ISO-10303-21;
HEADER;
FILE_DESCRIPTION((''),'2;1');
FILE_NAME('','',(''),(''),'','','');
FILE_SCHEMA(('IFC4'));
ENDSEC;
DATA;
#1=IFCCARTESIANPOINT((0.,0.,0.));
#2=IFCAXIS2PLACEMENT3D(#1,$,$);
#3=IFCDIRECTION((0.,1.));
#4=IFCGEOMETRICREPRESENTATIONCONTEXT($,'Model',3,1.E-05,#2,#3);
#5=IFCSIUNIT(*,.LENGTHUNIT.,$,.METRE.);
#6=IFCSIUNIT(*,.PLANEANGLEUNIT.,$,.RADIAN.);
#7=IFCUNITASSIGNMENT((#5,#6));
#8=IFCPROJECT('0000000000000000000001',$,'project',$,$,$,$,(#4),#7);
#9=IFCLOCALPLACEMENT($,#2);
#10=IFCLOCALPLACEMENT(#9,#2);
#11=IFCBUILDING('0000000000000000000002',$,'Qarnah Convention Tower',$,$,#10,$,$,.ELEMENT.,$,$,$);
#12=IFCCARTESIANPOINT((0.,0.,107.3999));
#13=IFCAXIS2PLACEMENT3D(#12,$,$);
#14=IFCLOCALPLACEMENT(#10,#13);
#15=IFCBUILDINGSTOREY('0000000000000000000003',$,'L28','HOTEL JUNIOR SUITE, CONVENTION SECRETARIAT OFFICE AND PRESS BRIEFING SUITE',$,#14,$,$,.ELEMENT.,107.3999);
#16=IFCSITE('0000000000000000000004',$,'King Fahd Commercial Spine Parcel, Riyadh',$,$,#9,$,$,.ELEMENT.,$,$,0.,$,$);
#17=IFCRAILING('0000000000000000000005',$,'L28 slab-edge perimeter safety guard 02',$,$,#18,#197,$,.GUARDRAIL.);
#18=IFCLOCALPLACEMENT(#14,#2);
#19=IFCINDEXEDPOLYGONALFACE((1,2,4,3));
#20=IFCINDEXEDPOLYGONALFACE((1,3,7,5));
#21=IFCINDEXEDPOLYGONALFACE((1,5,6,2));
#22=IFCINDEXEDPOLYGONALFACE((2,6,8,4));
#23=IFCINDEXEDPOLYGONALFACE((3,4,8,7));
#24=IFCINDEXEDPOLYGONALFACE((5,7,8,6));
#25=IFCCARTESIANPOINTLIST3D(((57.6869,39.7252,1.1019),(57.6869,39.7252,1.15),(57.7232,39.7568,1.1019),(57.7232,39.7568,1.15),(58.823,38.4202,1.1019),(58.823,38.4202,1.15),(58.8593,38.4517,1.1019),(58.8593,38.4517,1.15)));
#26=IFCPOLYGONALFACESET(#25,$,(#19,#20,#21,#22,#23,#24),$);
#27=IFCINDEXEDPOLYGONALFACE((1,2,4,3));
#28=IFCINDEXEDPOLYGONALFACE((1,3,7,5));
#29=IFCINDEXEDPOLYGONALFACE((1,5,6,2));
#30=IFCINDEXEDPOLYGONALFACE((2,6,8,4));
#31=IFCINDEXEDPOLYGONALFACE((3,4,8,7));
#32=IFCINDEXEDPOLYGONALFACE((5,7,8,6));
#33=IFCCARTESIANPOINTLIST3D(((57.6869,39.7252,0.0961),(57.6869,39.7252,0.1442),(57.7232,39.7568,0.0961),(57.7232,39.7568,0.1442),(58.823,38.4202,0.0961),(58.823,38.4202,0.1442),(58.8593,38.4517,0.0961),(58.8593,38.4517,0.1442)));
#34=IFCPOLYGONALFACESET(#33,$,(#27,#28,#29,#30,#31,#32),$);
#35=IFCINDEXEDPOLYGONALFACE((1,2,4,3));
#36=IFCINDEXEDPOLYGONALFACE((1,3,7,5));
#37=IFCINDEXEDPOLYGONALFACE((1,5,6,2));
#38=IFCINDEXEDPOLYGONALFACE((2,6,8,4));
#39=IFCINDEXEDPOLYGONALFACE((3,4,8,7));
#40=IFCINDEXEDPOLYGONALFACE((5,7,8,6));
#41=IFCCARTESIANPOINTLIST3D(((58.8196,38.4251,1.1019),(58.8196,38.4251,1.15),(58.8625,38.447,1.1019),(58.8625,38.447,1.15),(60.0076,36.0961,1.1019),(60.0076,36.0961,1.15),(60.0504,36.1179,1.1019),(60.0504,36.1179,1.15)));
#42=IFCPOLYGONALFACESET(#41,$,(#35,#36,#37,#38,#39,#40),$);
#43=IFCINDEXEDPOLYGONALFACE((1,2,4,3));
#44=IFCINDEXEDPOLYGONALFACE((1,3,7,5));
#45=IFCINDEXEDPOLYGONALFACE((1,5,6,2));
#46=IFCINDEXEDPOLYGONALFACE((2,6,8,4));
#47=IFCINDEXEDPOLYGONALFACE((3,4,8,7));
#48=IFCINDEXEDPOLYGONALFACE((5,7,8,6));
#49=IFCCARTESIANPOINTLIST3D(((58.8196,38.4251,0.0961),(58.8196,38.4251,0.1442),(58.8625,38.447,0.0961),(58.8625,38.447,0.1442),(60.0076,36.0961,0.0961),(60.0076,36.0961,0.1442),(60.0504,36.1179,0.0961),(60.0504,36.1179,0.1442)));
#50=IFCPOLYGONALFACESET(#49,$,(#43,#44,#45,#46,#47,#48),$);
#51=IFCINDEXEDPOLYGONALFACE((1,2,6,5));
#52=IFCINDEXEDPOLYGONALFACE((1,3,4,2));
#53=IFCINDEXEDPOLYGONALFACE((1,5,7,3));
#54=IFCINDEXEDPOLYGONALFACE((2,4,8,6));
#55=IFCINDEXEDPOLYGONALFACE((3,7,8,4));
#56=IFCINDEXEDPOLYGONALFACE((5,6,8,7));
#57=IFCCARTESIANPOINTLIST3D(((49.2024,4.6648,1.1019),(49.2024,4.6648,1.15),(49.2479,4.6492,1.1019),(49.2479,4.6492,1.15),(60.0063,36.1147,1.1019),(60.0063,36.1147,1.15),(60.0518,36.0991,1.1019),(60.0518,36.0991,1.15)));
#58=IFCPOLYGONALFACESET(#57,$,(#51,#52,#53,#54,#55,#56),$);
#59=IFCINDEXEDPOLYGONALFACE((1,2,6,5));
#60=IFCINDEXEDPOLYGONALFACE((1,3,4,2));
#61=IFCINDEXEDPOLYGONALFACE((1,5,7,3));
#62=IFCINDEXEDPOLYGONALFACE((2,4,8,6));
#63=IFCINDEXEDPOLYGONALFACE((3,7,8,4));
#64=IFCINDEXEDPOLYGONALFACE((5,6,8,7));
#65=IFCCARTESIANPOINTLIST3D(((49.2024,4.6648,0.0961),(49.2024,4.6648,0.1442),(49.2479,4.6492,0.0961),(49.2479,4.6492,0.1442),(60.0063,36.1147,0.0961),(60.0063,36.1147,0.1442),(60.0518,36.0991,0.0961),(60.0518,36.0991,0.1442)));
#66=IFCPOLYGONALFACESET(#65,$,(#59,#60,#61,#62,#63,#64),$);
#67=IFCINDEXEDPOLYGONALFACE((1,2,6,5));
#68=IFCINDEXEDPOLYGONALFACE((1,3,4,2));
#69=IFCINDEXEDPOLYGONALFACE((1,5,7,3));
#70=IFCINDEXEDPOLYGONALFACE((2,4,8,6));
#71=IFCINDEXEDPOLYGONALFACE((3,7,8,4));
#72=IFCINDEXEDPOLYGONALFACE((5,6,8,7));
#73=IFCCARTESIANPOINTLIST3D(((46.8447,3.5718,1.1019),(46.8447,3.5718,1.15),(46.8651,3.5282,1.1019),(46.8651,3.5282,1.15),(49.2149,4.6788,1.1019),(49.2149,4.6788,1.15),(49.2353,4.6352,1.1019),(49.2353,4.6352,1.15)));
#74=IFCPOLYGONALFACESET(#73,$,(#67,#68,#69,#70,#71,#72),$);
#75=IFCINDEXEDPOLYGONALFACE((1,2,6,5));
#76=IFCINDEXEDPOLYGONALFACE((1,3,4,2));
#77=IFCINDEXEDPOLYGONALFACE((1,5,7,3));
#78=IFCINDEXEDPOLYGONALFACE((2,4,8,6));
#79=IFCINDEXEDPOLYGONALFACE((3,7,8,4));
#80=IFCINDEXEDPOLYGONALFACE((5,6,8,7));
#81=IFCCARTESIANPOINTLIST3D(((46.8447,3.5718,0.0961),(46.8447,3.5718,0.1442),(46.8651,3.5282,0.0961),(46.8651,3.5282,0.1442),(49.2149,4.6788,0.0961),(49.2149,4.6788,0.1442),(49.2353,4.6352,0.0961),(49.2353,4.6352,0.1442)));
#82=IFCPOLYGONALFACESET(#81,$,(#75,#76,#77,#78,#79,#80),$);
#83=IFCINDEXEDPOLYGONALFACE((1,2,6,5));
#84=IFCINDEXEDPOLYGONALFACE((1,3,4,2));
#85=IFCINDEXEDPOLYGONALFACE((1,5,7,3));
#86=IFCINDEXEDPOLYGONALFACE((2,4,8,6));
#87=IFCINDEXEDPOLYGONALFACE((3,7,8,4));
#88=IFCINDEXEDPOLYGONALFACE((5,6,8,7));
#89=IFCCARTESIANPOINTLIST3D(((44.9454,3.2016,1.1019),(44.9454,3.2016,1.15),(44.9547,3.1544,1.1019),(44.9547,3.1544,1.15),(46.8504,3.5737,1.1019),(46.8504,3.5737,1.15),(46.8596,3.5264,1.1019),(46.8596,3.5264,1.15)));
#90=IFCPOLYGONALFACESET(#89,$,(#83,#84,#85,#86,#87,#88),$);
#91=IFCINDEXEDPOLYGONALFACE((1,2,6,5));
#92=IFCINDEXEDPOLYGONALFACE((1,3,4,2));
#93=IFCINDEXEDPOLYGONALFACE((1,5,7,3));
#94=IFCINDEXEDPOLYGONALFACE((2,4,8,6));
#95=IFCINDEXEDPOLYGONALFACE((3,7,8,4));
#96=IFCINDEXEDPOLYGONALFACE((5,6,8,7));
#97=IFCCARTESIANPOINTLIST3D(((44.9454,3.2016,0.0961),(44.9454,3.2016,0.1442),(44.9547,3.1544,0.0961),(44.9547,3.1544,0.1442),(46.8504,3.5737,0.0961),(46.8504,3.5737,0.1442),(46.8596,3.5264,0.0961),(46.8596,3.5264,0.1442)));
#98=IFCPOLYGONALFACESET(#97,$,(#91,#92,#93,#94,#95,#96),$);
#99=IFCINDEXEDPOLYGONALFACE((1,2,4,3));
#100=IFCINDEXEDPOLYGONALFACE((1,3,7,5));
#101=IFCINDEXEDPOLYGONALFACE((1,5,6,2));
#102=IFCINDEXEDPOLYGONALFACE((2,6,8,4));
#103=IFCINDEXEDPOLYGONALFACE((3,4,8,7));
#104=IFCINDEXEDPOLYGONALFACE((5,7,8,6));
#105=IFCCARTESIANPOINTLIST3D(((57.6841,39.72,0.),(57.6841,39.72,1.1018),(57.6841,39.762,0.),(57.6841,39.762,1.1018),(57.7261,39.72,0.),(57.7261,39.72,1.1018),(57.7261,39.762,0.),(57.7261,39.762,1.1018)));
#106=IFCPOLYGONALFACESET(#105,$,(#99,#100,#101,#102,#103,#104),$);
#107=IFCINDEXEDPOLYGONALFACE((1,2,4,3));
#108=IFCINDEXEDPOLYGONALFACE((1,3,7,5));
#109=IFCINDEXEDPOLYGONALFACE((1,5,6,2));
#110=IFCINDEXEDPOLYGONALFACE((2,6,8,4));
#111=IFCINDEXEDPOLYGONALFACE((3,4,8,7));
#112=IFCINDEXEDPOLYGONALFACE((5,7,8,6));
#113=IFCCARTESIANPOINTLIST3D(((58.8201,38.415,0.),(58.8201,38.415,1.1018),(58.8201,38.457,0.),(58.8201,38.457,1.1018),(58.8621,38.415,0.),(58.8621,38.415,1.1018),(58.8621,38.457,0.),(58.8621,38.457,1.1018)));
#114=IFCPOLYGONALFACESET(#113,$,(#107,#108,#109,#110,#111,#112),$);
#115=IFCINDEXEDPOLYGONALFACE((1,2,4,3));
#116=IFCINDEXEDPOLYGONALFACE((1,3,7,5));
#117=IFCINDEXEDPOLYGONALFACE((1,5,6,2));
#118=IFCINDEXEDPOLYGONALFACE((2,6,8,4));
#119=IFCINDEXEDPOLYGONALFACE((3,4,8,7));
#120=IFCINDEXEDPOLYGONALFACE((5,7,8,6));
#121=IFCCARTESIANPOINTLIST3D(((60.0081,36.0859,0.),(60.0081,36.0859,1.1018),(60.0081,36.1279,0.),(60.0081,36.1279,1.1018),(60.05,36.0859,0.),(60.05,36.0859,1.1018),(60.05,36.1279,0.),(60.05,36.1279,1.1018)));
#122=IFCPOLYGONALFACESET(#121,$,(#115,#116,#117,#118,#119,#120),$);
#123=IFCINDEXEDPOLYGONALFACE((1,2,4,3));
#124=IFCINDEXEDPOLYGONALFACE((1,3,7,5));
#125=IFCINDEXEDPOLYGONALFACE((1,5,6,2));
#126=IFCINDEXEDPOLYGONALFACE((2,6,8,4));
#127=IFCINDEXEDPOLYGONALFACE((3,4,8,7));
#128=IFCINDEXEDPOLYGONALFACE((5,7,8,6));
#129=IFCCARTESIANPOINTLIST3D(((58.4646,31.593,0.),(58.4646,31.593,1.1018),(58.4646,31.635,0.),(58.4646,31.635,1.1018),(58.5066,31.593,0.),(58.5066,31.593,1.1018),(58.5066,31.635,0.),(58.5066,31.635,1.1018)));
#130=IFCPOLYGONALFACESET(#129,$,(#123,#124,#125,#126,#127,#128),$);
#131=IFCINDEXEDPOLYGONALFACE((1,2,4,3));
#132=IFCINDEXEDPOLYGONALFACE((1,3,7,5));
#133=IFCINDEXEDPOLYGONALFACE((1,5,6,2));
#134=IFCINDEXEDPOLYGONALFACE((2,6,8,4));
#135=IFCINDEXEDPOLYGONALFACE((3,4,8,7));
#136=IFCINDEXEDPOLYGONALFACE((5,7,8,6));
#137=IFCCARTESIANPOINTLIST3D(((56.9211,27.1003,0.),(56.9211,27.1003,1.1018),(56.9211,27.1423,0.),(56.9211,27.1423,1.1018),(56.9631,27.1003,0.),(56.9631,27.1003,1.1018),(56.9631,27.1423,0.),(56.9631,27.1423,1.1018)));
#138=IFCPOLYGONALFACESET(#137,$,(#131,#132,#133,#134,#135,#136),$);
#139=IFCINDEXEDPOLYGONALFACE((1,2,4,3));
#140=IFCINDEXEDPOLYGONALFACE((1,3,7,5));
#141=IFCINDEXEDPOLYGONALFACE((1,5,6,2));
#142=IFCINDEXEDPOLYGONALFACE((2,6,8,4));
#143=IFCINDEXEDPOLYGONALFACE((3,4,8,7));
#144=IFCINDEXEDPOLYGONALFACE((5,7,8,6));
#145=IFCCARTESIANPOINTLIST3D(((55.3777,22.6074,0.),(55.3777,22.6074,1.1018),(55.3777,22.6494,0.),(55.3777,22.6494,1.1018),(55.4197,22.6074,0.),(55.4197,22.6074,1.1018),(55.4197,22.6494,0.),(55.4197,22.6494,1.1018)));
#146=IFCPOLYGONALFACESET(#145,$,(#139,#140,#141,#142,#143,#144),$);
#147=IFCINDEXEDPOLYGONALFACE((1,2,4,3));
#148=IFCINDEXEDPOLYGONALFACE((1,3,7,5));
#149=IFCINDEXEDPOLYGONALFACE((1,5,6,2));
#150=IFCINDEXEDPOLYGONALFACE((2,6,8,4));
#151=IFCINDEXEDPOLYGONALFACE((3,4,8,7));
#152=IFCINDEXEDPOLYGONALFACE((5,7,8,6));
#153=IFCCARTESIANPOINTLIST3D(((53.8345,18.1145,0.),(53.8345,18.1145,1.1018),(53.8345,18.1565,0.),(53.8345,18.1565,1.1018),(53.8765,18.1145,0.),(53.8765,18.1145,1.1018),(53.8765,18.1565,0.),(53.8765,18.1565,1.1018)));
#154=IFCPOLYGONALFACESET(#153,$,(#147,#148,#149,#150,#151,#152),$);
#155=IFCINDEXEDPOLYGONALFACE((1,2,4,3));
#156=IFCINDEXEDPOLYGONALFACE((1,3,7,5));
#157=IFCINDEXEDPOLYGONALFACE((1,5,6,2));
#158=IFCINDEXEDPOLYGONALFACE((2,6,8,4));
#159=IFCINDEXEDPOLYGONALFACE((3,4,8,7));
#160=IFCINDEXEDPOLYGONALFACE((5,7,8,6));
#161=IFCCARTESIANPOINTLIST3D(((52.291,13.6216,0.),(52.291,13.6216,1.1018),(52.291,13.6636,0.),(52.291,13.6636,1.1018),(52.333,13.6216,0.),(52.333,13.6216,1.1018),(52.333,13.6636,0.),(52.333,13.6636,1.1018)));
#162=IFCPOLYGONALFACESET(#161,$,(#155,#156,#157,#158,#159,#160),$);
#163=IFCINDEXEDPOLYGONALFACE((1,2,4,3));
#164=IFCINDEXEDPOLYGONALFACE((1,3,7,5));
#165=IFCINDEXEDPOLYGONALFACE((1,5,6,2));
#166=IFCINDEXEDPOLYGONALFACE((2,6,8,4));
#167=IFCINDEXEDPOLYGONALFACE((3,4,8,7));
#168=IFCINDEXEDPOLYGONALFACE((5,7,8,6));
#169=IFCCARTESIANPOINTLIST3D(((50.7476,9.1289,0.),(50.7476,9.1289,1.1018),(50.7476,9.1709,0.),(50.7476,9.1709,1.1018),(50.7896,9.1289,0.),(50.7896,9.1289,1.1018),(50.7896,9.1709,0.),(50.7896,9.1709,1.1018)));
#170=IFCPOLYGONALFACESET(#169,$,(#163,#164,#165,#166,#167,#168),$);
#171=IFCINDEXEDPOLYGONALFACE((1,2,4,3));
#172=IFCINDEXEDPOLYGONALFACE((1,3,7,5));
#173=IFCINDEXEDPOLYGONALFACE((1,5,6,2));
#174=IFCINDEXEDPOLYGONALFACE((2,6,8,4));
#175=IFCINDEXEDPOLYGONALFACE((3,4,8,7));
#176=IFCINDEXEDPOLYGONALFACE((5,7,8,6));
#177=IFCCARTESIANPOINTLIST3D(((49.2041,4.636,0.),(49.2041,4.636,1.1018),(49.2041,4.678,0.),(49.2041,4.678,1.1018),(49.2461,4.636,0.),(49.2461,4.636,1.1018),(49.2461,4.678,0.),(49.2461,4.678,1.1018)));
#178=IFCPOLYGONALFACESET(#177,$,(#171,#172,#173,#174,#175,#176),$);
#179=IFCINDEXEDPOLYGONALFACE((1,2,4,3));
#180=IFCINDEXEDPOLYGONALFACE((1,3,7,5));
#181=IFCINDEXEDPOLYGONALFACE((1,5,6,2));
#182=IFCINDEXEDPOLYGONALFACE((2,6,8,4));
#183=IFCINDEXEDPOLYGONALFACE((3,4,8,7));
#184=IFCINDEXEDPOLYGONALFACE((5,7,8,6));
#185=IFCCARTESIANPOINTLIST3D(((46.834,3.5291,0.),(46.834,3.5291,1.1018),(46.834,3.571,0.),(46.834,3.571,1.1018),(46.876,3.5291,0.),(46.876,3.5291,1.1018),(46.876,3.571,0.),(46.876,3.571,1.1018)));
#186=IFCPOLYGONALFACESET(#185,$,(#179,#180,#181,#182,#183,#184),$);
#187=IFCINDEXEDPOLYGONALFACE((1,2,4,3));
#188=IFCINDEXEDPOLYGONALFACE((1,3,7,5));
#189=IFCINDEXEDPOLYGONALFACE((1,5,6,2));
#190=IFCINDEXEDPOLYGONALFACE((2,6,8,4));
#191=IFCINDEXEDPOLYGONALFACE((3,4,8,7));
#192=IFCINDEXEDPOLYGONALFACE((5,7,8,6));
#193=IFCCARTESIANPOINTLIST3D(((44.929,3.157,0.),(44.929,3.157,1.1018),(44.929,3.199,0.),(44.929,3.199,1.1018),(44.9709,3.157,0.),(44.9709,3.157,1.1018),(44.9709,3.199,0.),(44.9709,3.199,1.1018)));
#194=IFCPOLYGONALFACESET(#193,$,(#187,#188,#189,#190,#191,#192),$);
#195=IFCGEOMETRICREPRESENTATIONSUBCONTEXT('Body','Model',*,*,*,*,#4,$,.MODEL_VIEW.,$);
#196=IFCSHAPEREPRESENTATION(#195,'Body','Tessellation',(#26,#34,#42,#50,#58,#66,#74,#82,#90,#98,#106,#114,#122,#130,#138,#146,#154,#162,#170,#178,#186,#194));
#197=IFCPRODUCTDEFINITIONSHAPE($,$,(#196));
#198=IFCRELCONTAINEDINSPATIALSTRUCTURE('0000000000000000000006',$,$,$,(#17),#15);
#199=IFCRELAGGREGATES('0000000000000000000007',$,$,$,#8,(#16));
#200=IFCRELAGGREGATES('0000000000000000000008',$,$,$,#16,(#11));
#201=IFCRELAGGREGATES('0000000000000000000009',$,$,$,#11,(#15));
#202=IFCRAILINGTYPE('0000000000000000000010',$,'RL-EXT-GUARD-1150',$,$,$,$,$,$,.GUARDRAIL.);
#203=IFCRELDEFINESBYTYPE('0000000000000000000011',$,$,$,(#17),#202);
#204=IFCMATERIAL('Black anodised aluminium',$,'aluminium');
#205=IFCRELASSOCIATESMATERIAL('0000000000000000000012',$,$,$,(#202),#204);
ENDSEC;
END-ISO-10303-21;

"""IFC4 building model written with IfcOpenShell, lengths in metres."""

from ifc_helpers import new_model, si_unit, direction, frame, origin, origin_2d, place, context, subcontext, project, spatial, rectangle, extrude, material, type_object, element, save


model = new_model("IFC4")

# Units and contexts
model_context = context("Model", 3, precision=1e-05, world=origin(), true_north=direction((0.0, 1.0)))
body_context = subcontext(model_context, "Body", "Model", "MODEL_VIEW")
ifc_project = project(units=[si_unit("LENGTHUNIT", "METRE"), si_unit("PLANEANGLEUNIT", "RADIAN")], contexts=[model_context])

# Site, building, storey
site_placement = place(None, origin())
site = spatial("IfcSite", under=ifc_project, at=site_placement, Name="King Fahd Commercial Spine Parcel, Riyadh", CompositionType="ELEMENT", RefElevation=0.0)
building_placement = place(site_placement, origin())
building = spatial("IfcBuilding", under=site, at=building_placement, Name="Qarnah Convention Tower", CompositionType="ELEMENT")
storey_placement = place(building_placement, frame((0.0, 0.0, 107.3999)))
storey = spatial("IfcBuildingStorey", under=building, at=storey_placement, Name="L28", Description="HOTEL JUNIOR SUITE, CONVENTION SECRETARIAT OFFICE AND PRESS BRIEFING SUITE", CompositionType="ELEMENT", Elevation=107.3999)

# Shared definitions
ifc_material_1 = material(Name="Black anodised aluminium", Category="aluminium")

# Railing
railing_type = type_object("IfcRailingType", Name="RL-EXT-GUARD-1150", PredefinedType="GUARDRAIL", material=ifc_material_1)
railing_1_placement = place(storey_placement, frame((57.7051, 39.741, 0.0)))
element("IfcRailing", 1, at=railing_1_placement, inside=storey, type_object=railing_type, Name="L28 slab-edge perimeter safety guard 02", PredefinedType="GUARDRAIL", context=body_context, shape_type="SweptSolid", body=[
    extrude(rectangle(XDim=0.0481, YDim=0.0481, at=origin_2d()), frame((0.0, 0.0, 1.126), z_axis=(0.656594, -0.754244, 0.0), x_axis=(0.754244, 0.656594, 0.0)), (0.0, 0.0, 1.0), 1.7302),
    extrude(rectangle(XDim=0.0481, YDim=0.0481, at=origin_2d()), frame((0.0, 0.0, 0.1201), z_axis=(0.656594, -0.754244, 0.0), x_axis=(0.754244, 0.656594, 0.0)), (0.0, 0.0, 1.0), 1.7302),
    extrude(rectangle(XDim=0.0481, YDim=0.0481, at=origin_2d()), frame((1.136, -1.3049, 1.126), z_axis=(0.454371, -0.890813, 0.0), x_axis=(0.890813, 0.454371, 0.0)), (0.0, 0.0, 1.0), 2.6145),
    extrude(rectangle(XDim=0.0481, YDim=0.0481, at=origin_2d()), frame((1.136, -1.3049, 0.1201), z_axis=(0.454371, -0.890813, 0.0), x_axis=(0.890813, 0.454371, 0.0)), (0.0, 0.0, 1.0), 2.6145),
    extrude(rectangle(XDim=0.0481, YDim=0.0481, at=origin_2d()), frame((2.324, -3.634, 1.126), z_axis=(-0.324892, -0.945751, 0.0), x_axis=(0.945751, -0.324892, 0.0)), (0.0, 0.0, 1.0), 33.2539),
    extrude(rectangle(XDim=0.0481, YDim=0.0481, at=origin_2d()), frame((2.324, -3.634, 0.1201), z_axis=(-0.324892, -0.945751, 0.0), x_axis=(0.945751, -0.324892, 0.0)), (0.0, 0.0, 1.0), 33.2539),
    extrude(rectangle(XDim=0.0481, YDim=0.0481, at=origin_2d()), frame((-8.48, -35.084, 1.126), z_axis=(-0.906054, -0.423161, 0.0), x_axis=(0.423161, -0.906054, 0.0)), (0.0, 0.0, 1.0), 2.616),
    extrude(rectangle(XDim=0.0481, YDim=0.0481, at=origin_2d()), frame((-8.48, -35.084, 0.1201), z_axis=(-0.906054, -0.423161, 0.0), x_axis=(0.423161, -0.906054, 0.0)), (0.0, 0.0, 1.0), 2.616),
    extrude(rectangle(XDim=0.0481, YDim=0.0481, at=origin_2d()), frame((-10.8501, -36.1909, 1.126), z_axis=(-0.981456, -0.191688, 0.0), x_axis=(0.191688, -0.981456, 0.0)), (0.0, 0.0, 1.0), 1.9409),
    extrude(rectangle(XDim=0.0481, YDim=0.0481, at=origin_2d()), frame((-10.8501, -36.1909, 0.1201), z_axis=(-0.981456, -0.191688, 0.0), x_axis=(0.191688, -0.981456, 0.0)), (0.0, 0.0, 1.0), 1.9409),
    extrude(rectangle(XDim=0.042, YDim=0.042, at=origin_2d()), origin(), (0.0, 0.0, 1.0), 1.1018),
    extrude(rectangle(XDim=0.042, YDim=0.042, at=origin_2d()), frame((1.136, -1.3049, 0.0)), (0.0, 0.0, 1.0), 1.1018),
    extrude(rectangle(XDim=0.042, YDim=0.042, at=origin_2d()), frame((2.324, -3.634, 0.0)), (0.0, 0.0, 1.0), 1.1018),
    extrude(rectangle(XDim=0.042, YDim=0.042, at=origin_2d()), frame((0.7805, -8.127, 0.0)), (0.0, 0.0, 1.0), 1.1018),
    extrude(rectangle(XDim=0.042, YDim=0.042, at=origin_2d()), frame((-0.7629, -12.6196, 0.0)), (0.0, 0.0, 1.0), 1.1018),
    extrude(rectangle(XDim=0.042, YDim=0.042, at=origin_2d()), frame((-2.3064, -17.1125, 0.0)), (0.0, 0.0, 1.0), 1.1018),
    extrude(rectangle(XDim=0.042, YDim=0.042, at=origin_2d()), frame((-3.8496, -21.6055, 0.0)), (0.0, 0.0, 1.0), 1.1018),
    extrude(rectangle(XDim=0.042, YDim=0.042, at=origin_2d()), frame((-5.3931, -26.0984, 0.0)), (0.0, 0.0, 1.0), 1.1018),
    extrude(rectangle(XDim=0.042, YDim=0.042, at=origin_2d()), frame((-6.9365, -30.5911, 0.0)), (0.0, 0.0, 1.0), 1.1018),
    extrude(rectangle(XDim=0.042, YDim=0.042, at=origin_2d()), frame((-8.48, -35.084, 0.0)), (0.0, 0.0, 1.0), 1.1018),
    extrude(rectangle(XDim=0.042, YDim=0.042, at=origin_2d()), frame((-10.8501, -36.1909, 0.0)), (0.0, 0.0, 1.0), 1.1018),
    extrude(rectangle(XDim=0.042, YDim=0.042, at=origin_2d()), frame((-12.7551, -36.563, 0.0)), (0.0, 0.0, 1.0), 1.1018),
])

save(model, "model.ifc")
